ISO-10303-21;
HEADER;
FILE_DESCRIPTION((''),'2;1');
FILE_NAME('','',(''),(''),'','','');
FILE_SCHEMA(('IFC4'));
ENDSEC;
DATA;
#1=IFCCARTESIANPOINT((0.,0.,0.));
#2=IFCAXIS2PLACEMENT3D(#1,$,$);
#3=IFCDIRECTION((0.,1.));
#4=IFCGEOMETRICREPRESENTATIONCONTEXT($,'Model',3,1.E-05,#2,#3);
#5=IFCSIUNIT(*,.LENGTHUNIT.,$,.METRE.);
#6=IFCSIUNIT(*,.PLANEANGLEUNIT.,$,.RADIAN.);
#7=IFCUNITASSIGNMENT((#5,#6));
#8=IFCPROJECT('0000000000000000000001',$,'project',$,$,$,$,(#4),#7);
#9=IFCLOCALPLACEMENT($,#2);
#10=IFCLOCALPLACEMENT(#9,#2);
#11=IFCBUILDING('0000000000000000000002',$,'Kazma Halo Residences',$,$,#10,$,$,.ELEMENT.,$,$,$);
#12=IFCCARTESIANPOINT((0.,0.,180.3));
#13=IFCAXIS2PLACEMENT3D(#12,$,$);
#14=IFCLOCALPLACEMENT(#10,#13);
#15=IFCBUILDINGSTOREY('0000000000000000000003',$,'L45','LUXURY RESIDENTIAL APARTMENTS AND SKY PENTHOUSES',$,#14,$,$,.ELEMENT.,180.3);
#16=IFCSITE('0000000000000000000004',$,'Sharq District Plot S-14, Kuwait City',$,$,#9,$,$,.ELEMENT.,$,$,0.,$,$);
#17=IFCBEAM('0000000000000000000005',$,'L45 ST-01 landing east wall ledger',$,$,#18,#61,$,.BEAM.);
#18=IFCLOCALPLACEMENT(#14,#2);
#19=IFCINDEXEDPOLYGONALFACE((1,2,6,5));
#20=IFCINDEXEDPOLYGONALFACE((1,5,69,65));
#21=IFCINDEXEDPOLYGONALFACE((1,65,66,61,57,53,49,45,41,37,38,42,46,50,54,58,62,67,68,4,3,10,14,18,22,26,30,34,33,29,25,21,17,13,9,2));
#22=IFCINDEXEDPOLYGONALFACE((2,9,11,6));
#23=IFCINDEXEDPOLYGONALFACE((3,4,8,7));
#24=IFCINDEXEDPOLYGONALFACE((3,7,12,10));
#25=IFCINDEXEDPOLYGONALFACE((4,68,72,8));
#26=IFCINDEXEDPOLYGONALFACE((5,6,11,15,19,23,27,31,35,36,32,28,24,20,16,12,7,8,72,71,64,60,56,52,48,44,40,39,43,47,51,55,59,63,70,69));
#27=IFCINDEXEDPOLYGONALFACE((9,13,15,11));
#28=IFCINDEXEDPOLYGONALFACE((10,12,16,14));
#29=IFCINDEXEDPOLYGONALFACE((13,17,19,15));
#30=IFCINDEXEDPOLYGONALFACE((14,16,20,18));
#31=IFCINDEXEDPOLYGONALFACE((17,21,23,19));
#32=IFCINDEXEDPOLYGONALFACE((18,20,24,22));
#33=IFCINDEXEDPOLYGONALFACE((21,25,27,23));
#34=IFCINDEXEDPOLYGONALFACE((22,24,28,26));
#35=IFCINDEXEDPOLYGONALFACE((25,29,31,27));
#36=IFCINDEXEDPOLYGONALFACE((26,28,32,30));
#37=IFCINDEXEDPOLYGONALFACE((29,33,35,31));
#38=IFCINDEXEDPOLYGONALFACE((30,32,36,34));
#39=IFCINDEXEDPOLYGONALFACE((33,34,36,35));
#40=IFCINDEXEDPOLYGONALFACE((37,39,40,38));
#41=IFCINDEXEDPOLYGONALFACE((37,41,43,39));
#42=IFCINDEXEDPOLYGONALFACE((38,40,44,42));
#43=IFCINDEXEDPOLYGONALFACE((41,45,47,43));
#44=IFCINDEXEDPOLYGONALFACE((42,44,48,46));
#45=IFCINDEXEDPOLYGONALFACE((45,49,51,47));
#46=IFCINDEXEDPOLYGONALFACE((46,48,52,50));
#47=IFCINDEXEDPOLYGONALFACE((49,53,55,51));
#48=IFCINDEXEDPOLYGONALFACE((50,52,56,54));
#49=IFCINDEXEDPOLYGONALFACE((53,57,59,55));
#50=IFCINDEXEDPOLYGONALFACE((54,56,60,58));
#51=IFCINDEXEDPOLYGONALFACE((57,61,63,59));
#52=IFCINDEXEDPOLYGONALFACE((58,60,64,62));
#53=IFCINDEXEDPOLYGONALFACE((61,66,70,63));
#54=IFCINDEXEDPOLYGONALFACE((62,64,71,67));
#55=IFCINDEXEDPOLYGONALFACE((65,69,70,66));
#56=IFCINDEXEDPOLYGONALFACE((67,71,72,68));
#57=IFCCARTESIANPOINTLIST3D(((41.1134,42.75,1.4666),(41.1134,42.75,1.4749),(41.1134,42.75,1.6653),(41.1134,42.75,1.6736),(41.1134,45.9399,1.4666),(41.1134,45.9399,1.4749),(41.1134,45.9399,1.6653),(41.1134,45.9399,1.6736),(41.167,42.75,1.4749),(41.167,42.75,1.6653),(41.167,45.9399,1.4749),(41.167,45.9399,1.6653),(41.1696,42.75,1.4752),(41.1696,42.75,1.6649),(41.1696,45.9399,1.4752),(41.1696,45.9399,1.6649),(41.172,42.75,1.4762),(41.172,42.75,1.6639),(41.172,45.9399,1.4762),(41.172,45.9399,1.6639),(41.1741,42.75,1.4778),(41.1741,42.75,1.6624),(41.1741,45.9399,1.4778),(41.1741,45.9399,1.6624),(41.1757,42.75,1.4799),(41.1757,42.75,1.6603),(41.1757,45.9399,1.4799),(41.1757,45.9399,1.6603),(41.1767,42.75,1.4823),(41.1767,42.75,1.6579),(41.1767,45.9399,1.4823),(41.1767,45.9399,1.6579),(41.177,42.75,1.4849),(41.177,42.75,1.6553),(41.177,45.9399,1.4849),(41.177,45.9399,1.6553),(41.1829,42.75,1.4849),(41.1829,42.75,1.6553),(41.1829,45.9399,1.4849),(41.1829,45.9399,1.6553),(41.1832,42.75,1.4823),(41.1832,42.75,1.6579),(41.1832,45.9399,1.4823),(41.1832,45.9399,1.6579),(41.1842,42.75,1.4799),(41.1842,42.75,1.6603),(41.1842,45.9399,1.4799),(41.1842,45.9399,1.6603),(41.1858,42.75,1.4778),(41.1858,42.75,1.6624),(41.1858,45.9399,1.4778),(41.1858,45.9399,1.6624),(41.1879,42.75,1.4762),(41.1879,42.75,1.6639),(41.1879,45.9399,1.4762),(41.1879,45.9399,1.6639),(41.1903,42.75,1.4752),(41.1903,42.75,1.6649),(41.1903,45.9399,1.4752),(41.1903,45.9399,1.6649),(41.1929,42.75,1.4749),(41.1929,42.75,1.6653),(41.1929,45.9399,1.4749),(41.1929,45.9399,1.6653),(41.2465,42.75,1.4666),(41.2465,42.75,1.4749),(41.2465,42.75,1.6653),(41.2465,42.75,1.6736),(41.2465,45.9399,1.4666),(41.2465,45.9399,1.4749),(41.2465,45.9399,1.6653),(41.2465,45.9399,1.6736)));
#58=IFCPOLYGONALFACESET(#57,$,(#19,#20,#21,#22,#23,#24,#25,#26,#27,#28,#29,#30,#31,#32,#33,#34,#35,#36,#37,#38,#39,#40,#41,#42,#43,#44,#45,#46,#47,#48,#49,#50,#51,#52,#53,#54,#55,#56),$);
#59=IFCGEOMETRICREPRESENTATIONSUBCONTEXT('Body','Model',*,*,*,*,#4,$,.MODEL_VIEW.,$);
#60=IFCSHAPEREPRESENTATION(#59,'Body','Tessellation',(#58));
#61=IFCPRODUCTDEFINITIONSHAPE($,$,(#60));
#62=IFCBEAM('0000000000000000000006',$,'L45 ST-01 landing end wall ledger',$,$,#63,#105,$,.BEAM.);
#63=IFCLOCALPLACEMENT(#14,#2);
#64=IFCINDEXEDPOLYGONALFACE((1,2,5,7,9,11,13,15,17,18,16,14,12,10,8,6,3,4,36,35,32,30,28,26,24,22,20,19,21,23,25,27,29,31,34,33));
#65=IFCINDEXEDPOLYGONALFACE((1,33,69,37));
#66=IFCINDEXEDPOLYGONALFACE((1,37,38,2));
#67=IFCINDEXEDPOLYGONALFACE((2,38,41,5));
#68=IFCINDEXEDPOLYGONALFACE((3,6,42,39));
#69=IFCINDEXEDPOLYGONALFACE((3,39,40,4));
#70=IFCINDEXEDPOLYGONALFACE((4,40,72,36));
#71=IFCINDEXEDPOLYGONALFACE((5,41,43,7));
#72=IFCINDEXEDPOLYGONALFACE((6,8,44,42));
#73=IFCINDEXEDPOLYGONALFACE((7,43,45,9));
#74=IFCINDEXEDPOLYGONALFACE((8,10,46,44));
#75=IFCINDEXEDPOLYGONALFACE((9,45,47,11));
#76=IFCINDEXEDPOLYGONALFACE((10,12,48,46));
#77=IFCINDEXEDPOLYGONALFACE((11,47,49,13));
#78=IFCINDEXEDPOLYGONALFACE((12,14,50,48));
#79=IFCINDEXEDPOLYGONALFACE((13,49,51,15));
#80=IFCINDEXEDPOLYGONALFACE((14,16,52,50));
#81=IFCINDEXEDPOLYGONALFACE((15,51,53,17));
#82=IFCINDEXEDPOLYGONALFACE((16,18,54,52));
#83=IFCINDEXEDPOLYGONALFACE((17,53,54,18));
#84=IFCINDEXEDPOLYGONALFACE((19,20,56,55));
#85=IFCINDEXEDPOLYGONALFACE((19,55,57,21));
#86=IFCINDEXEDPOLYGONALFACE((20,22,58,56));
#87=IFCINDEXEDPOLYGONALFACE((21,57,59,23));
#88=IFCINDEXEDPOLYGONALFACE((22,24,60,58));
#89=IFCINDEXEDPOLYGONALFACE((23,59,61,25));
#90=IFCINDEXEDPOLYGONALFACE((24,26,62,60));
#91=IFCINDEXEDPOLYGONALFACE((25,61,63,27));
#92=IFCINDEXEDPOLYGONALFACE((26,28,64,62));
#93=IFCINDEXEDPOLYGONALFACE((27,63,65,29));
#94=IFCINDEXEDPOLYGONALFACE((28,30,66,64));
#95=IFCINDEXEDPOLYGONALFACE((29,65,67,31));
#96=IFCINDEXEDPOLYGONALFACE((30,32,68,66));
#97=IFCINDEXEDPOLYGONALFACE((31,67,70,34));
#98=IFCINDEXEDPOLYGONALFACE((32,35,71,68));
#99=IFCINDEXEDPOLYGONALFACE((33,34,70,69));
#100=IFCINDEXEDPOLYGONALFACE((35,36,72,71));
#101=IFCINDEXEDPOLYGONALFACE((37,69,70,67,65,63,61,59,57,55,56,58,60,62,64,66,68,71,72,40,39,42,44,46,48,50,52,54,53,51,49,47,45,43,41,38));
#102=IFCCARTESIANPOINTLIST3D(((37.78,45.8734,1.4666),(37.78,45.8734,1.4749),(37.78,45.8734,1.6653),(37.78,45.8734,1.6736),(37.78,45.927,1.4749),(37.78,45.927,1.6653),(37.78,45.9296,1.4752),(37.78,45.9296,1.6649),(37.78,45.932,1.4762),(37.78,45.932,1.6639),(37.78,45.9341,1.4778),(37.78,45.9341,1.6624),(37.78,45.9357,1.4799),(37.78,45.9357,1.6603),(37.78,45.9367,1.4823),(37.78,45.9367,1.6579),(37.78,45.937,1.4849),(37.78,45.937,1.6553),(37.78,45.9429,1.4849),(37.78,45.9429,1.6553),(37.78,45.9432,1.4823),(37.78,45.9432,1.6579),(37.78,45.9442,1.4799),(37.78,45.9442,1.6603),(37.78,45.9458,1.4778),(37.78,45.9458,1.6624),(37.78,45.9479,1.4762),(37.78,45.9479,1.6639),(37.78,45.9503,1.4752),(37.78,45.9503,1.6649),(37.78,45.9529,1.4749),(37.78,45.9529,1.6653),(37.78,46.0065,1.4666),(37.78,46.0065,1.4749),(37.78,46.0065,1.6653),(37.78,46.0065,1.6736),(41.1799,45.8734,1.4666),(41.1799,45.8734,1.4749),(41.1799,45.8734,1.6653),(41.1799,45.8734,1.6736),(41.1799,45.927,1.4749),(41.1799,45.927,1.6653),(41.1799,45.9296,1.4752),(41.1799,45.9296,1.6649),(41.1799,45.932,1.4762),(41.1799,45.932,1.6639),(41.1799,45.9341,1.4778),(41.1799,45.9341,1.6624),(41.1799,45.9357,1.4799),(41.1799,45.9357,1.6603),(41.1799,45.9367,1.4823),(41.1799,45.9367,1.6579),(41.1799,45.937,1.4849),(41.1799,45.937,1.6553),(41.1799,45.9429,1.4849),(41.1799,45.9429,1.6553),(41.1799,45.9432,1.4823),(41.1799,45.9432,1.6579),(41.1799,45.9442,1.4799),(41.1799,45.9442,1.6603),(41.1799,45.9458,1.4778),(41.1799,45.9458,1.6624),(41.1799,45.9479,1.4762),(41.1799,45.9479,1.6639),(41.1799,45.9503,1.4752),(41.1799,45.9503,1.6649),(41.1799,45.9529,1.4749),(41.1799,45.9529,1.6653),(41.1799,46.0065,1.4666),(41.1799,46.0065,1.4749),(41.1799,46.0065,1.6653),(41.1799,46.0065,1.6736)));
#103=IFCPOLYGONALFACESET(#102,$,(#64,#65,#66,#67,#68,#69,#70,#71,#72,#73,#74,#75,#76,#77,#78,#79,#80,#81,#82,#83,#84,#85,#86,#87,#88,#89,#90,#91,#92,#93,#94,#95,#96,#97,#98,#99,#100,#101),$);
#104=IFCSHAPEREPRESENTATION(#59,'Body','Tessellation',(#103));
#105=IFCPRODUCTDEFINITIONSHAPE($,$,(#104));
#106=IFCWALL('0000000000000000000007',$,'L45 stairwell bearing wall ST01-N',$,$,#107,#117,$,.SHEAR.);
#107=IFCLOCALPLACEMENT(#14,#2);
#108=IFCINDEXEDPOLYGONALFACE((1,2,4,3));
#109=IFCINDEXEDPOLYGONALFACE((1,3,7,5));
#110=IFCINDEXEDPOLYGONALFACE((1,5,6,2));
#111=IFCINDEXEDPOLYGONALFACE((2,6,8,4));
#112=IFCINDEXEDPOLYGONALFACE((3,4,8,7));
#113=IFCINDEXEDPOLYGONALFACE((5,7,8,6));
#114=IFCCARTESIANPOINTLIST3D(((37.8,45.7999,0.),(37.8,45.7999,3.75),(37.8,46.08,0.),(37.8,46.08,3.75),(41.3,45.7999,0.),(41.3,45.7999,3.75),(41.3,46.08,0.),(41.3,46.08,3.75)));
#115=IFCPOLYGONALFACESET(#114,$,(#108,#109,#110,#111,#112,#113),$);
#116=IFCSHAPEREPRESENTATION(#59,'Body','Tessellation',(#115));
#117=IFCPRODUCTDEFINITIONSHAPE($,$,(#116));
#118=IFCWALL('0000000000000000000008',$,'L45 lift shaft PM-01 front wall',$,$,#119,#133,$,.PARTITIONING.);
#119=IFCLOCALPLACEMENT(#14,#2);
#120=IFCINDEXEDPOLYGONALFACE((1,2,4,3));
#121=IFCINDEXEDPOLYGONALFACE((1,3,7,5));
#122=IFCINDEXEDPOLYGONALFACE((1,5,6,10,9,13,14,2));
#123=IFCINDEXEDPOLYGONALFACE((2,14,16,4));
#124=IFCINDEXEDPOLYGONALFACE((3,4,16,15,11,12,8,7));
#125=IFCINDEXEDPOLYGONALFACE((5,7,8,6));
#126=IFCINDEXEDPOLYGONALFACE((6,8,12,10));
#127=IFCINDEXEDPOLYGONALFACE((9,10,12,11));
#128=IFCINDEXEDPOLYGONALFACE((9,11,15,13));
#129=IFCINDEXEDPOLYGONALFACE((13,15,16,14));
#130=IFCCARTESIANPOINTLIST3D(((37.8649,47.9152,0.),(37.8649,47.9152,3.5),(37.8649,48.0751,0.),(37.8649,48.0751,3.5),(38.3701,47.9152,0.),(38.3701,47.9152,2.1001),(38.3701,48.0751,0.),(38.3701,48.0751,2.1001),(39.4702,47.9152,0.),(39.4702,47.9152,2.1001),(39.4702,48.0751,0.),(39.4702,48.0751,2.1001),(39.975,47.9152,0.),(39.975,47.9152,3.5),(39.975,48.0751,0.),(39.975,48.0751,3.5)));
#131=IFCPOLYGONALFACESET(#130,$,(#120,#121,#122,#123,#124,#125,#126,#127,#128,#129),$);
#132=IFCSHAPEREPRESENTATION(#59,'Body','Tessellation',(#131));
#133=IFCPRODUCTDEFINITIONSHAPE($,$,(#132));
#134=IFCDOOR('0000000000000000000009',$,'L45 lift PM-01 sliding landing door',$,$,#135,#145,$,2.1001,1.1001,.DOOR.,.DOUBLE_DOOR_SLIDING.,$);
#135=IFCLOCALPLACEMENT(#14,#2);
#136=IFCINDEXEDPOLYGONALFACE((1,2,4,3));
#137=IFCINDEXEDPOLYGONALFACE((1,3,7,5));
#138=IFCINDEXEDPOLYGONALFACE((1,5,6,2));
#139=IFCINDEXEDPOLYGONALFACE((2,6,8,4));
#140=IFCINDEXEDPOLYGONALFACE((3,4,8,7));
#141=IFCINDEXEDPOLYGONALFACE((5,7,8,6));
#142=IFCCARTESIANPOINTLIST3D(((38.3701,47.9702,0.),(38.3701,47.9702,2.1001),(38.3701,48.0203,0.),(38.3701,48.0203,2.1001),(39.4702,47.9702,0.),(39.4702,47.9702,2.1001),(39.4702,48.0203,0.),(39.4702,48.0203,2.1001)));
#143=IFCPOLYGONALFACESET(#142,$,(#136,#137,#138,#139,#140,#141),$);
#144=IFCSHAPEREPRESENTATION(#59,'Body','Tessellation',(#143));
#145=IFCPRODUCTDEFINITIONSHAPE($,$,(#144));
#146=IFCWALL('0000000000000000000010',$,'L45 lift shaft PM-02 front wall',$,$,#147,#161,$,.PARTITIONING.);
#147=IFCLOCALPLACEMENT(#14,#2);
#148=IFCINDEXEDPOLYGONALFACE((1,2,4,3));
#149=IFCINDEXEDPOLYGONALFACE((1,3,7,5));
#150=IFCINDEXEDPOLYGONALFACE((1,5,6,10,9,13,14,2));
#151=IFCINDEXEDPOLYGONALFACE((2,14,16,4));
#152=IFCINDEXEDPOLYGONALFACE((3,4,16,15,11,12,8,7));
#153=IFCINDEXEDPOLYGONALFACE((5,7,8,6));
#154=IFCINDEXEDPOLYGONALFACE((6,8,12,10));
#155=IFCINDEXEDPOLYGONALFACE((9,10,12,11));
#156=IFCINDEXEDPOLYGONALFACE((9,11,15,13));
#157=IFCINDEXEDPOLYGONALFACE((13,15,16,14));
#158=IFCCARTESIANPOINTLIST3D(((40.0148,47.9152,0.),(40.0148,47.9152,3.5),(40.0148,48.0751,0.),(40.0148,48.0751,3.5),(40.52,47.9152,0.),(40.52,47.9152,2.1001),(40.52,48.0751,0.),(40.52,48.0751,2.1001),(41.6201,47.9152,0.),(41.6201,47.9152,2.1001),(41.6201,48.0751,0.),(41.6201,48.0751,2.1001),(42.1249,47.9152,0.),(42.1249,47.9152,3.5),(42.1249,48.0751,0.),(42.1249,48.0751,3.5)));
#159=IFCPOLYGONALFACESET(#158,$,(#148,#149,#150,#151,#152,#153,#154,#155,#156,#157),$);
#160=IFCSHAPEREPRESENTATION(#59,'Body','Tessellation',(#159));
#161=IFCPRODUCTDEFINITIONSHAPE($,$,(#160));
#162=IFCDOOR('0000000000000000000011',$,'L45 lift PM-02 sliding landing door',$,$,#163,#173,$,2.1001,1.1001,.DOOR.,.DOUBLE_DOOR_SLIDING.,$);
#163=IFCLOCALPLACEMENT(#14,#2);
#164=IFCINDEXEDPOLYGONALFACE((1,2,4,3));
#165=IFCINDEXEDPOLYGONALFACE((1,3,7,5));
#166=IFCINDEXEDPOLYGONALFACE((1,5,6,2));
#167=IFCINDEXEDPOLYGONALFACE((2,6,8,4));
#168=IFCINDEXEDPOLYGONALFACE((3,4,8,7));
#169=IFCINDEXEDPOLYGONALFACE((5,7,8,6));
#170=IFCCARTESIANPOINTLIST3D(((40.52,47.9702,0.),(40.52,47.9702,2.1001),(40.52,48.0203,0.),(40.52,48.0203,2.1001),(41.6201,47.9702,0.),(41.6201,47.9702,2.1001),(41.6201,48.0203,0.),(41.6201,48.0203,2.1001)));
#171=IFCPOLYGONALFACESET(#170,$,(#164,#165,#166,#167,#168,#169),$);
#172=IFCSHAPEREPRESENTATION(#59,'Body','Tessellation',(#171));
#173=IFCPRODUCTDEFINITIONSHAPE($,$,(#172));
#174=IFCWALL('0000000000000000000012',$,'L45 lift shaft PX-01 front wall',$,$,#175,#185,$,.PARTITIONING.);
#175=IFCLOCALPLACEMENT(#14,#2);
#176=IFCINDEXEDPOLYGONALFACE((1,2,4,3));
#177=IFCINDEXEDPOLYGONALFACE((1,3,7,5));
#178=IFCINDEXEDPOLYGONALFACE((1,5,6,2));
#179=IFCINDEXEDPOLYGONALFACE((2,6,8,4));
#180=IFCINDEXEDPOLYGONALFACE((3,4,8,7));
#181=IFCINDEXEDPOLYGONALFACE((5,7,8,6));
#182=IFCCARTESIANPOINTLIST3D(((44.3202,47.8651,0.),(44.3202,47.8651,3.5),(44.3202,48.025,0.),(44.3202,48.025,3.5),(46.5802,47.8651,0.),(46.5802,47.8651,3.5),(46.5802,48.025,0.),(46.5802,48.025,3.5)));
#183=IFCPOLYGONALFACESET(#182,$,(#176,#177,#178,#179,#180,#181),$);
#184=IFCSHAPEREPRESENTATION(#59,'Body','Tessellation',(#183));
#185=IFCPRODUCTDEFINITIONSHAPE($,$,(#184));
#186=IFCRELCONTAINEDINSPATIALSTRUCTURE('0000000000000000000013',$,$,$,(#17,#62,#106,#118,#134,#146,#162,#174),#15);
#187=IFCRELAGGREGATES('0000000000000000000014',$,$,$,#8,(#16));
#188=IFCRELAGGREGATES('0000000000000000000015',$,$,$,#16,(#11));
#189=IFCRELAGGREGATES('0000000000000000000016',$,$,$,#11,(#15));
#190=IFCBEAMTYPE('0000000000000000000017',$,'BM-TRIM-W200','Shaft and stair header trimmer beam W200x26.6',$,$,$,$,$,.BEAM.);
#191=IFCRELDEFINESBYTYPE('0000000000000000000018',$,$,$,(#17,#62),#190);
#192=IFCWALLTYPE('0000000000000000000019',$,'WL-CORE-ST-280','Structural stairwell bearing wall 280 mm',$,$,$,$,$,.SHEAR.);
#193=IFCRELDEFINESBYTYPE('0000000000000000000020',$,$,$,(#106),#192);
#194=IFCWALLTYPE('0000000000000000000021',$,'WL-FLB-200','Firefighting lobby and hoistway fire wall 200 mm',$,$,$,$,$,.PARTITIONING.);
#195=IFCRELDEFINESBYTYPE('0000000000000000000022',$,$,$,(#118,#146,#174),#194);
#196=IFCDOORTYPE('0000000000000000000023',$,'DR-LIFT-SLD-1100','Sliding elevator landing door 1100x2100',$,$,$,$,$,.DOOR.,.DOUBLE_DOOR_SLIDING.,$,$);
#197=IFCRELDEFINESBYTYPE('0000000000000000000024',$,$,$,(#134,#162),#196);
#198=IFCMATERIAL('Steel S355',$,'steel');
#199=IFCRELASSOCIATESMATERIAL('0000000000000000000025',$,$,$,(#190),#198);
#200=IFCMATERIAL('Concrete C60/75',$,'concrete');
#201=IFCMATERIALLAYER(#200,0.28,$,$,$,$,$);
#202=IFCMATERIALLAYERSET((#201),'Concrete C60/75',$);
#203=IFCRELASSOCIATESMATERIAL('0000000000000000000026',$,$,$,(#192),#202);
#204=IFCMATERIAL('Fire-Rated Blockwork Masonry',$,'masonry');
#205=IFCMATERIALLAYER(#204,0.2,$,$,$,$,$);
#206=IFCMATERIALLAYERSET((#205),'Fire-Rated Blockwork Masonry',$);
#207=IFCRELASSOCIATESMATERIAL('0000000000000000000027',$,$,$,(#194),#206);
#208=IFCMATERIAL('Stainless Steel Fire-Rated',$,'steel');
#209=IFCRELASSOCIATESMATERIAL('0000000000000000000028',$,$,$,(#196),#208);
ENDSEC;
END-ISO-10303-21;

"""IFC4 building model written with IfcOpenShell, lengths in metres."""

from ifc_helpers import new_model, si_unit, direction, frame, frame_2d, origin, origin_2d, place, context, subcontext, project, spatial, rectangle, i_section, extrude, material, layer, layer_set, material_profile, profile_set, type_object, element, fill, save


model = new_model("IFC4")

# Units and contexts
model_context = context("Model", 3, precision=1e-05, world=origin(), true_north=direction((0.0, 1.0)))
body_context = subcontext(model_context, "Body", "Model", "MODEL_VIEW")
ifc_project = project(units=[si_unit("LENGTHUNIT", "METRE"), si_unit("PLANEANGLEUNIT", "RADIAN")], contexts=[model_context])

# Site, building, storey
site_placement = place(None, origin())
site = spatial("IfcSite", under=ifc_project, at=site_placement, Name="Sharq District Plot S-14, Kuwait City", CompositionType="ELEMENT", RefElevation=0.0)
building_placement = place(site_placement, origin())
building = spatial("IfcBuilding", under=site, at=building_placement, Name="Kazma Halo Residences", CompositionType="ELEMENT")
storey_placement = place(building_placement, frame((0.0, 0.0, 180.3)))
storey = spatial("IfcBuildingStorey", under=building, at=storey_placement, Name="L45", Description="LUXURY RESIDENTIAL APARTMENTS AND SKY PENTHOUSES", CompositionType="ELEMENT", Elevation=180.3)

# Shared definitions
ifc_material_1 = material(Name="Steel S355", Category="steel")

# Beams
ifc_material_profile_1 = material_profile(ifc_material_1, i_section(OverallWidth=0.1331, OverallDepth=0.207, WebThickness=0.0059, FlangeThickness=0.0083, FilletRadius=0.01, at=origin_2d()), Name="W200x26.6")
ifc_profile_set_1 = profile_set([ifc_material_profile_1], Name="Steel S355")
beam_type_1 = type_object("IfcBeamType", Name="BM-TRIM-W200", Description="Shaft and stair header trimmer beam W200x26.6", PredefinedType="BEAM", material=ifc_profile_set_1)
beam_1_placement = place(storey_placement, frame((41.1799, 42.75, 1.5701), z_axis=(0.0, 1.0, 0.0), x_axis=(-1.0, 0.0, 0.0)))
element("IfcBeam", 1, at=beam_1_placement, inside=storey, type_object=beam_type_1, Name="L45 ST-01 landing east wall ledger", PredefinedType="BEAM", context=body_context, shape_type="SweptSolid", body=[
    extrude(i_section(OverallWidth=0.1331, OverallDepth=0.207, WebThickness=0.0059, FlangeThickness=0.0083, FilletRadius=0.01, at=origin_2d()), origin(), (0.0, 0.0, 1.0), 3.1899),
])
beam_2_placement = place(storey_placement, frame((37.78, 45.9399, 1.5701), z_axis=(1.0, 0.0, 0.0), x_axis=(0.0, 1.0, 0.0)))
element("IfcBeam", 2, at=beam_2_placement, inside=storey, type_object=beam_type_1, Name="L45 ST-01 landing end wall ledger", PredefinedType="BEAM", context=body_context, shape_type="SweptSolid", body=[
    extrude(i_section(OverallWidth=0.1331, OverallDepth=0.207, WebThickness=0.0059, FlangeThickness=0.0083, FilletRadius=0.01, at=origin_2d()), origin(), (0.0, 0.0, 1.0), 3.3999),
])

# Wall
ifc_material_2 = material(Name="Concrete C60/75", Category="concrete")
ifc_layer_1 = layer(ifc_material_2, 0.28)
ifc_layer_set_1 = layer_set([ifc_layer_1], Name="Concrete C60/75")
wall_type_1 = type_object("IfcWallType", Name="WL-CORE-ST-280", Description="Structural stairwell bearing wall 280 mm", PredefinedType="SHEAR", material=ifc_layer_set_1)
wall_1_placement = place(storey_placement, frame((37.8, 45.9399, 0.0), z_axis=(0.0, 0.0, 1.0), x_axis=(1.0, 0.0, 0.0)))
element("IfcWall", 3, at=wall_1_placement, inside=storey, type_object=wall_type_1, Name="L45 stairwell bearing wall ST01-N", PredefinedType="SHEAR", context=body_context, shape_type="SweptSolid", body=[
    extrude(rectangle(XDim=3.5, YDim=0.28, at=frame_2d((1.75, 0.0))), origin(), (0.0, 0.0, 1.0), 3.75),
])

# Walls, openings, doors
ifc_material_3 = material(Name="Fire-Rated Blockwork Masonry", Category="masonry")
ifc_layer_2 = layer(ifc_material_3, 0.2)
ifc_layer_set_2 = layer_set([ifc_layer_2], Name="Fire-Rated Blockwork Masonry")
wall_type_2 = type_object("IfcWallType", Name="WL-FLB-200", Description="Firefighting lobby and hoistway fire wall 200 mm", PredefinedType="PARTITIONING", material=ifc_layer_set_2)
wall_2_placement = place(storey_placement, frame((39.9751, 47.9951, 0.0), z_axis=(0.0, 0.0, 1.0), x_axis=(-1.0, 0.0, 0.0)))
wall_2 = element("IfcWall", 4, at=wall_2_placement, inside=storey, type_object=wall_type_2, Name="L45 lift shaft PM-01 front wall", PredefinedType="PARTITIONING", context=body_context, shape_type="SweptSolid", body=[
    extrude(rectangle(XDim=2.1101, YDim=0.1599, at=frame_2d((1.0552, 0.0))), origin(), (0.0, 0.0, 1.0), 3.5),
])
opening_1_placement = place(wall_2_placement, frame((0.5049, 0.0, 0.0)))
opening_1 = element("IfcOpeningElement", 5, at=opening_1_placement, cuts=wall_2, PredefinedType="OPENING", context=body_context, shape_type="SweptSolid", body=[
    extrude(rectangle(XDim=1.1001, YDim=2.1001, at=frame_2d((0.55, 1.05))), frame((0.0, 0.0898, 0.0), z_axis=(0.0, -1.0, 0.0), x_axis=(1.0, 0.0, 0.0)), (0.0, 0.0, 1.0), 0.1799),
])
ifc_material_4 = material(Name="Stainless Steel Fire-Rated", Category="steel")
door_type_1 = type_object("IfcDoorType", Name="DR-LIFT-SLD-1100", Description="Sliding elevator landing door 1100x2100", OperationType="DOUBLE_DOOR_SLIDING", PredefinedType="DOOR", material=ifc_material_4)
door_1_placement = place(opening_1_placement, origin())
door_1 = element("IfcDoor", 6, at=door_1_placement, inside=storey, type_object=door_type_1, Name="L45 lift PM-01 sliding landing door", OperationType="DOUBLE_DOOR_SLIDING", OverallHeight=2.1001, OverallWidth=1.1001, PredefinedType="DOOR", context=body_context, shape_type="SweptSolid", body=[
    extrude(rectangle(XDim=1.1001, YDim=2.1001, at=frame_2d((0.55, 1.05))), frame((0.0, 0.0249, 0.0), z_axis=(0.0, -1.0, 0.0), x_axis=(1.0, 0.0, 0.0)), (0.0, 0.0, 1.0), 0.05),
])
fill(opening_1, door_1)
wall_3_placement = place(storey_placement, frame((42.125, 47.9951, 0.0), z_axis=(0.0, 0.0, 1.0), x_axis=(-1.0, 0.0, 0.0)))
wall_3 = element("IfcWall", 7, at=wall_3_placement, inside=storey, type_object=wall_type_2, Name="L45 lift shaft PM-02 front wall", PredefinedType="PARTITIONING", context=body_context, shape_type="SweptSolid", body=[
    extrude(rectangle(XDim=2.1101, YDim=0.1599, at=frame_2d((1.0552, 0.0))), origin(), (0.0, 0.0, 1.0), 3.5),
])
opening_2_placement = place(wall_3_placement, frame((0.5049, 0.0, 0.0)))
opening_2 = element("IfcOpeningElement", 8, at=opening_2_placement, cuts=wall_3, PredefinedType="OPENING", context=body_context, shape_type="SweptSolid", body=[
    extrude(rectangle(XDim=1.1001, YDim=2.1001, at=frame_2d((0.55, 1.05))), frame((0.0, 0.0898, 0.0), z_axis=(0.0, -1.0, 0.0), x_axis=(1.0, 0.0, 0.0)), (0.0, 0.0, 1.0), 0.1799),
])
door_2_placement = place(opening_2_placement, origin())
door_2 = element("IfcDoor", 9, at=door_2_placement, inside=storey, type_object=door_type_1, Name="L45 lift PM-02 sliding landing door", OperationType="DOUBLE_DOOR_SLIDING", OverallHeight=2.1001, OverallWidth=1.1001, PredefinedType="DOOR", context=body_context, shape_type="SweptSolid", body=[
    extrude(rectangle(XDim=1.1001, YDim=2.1001, at=frame_2d((0.55, 1.05))), frame((0.0, 0.0249, 0.0), z_axis=(0.0, -1.0, 0.0), x_axis=(1.0, 0.0, 0.0)), (0.0, 0.0, 1.0), 0.05),
])
fill(opening_2, door_2)

# Wall
wall_4_placement = place(storey_placement, frame((46.5801, 47.9451, 0.0), z_axis=(0.0, 0.0, 1.0), x_axis=(-1.0, 0.0, 0.0)))
element("IfcWall", 10, at=wall_4_placement, inside=storey, type_object=wall_type_2, Name="L45 lift shaft PX-01 front wall", PredefinedType="PARTITIONING", context=body_context, shape_type="SweptSolid", body=[
    extrude(rectangle(XDim=2.26, YDim=0.1599, at=frame_2d((1.1299, 0.0))), origin(), (0.0, 0.0, 1.0), 3.5),
])

save(model, "model.ifc")
